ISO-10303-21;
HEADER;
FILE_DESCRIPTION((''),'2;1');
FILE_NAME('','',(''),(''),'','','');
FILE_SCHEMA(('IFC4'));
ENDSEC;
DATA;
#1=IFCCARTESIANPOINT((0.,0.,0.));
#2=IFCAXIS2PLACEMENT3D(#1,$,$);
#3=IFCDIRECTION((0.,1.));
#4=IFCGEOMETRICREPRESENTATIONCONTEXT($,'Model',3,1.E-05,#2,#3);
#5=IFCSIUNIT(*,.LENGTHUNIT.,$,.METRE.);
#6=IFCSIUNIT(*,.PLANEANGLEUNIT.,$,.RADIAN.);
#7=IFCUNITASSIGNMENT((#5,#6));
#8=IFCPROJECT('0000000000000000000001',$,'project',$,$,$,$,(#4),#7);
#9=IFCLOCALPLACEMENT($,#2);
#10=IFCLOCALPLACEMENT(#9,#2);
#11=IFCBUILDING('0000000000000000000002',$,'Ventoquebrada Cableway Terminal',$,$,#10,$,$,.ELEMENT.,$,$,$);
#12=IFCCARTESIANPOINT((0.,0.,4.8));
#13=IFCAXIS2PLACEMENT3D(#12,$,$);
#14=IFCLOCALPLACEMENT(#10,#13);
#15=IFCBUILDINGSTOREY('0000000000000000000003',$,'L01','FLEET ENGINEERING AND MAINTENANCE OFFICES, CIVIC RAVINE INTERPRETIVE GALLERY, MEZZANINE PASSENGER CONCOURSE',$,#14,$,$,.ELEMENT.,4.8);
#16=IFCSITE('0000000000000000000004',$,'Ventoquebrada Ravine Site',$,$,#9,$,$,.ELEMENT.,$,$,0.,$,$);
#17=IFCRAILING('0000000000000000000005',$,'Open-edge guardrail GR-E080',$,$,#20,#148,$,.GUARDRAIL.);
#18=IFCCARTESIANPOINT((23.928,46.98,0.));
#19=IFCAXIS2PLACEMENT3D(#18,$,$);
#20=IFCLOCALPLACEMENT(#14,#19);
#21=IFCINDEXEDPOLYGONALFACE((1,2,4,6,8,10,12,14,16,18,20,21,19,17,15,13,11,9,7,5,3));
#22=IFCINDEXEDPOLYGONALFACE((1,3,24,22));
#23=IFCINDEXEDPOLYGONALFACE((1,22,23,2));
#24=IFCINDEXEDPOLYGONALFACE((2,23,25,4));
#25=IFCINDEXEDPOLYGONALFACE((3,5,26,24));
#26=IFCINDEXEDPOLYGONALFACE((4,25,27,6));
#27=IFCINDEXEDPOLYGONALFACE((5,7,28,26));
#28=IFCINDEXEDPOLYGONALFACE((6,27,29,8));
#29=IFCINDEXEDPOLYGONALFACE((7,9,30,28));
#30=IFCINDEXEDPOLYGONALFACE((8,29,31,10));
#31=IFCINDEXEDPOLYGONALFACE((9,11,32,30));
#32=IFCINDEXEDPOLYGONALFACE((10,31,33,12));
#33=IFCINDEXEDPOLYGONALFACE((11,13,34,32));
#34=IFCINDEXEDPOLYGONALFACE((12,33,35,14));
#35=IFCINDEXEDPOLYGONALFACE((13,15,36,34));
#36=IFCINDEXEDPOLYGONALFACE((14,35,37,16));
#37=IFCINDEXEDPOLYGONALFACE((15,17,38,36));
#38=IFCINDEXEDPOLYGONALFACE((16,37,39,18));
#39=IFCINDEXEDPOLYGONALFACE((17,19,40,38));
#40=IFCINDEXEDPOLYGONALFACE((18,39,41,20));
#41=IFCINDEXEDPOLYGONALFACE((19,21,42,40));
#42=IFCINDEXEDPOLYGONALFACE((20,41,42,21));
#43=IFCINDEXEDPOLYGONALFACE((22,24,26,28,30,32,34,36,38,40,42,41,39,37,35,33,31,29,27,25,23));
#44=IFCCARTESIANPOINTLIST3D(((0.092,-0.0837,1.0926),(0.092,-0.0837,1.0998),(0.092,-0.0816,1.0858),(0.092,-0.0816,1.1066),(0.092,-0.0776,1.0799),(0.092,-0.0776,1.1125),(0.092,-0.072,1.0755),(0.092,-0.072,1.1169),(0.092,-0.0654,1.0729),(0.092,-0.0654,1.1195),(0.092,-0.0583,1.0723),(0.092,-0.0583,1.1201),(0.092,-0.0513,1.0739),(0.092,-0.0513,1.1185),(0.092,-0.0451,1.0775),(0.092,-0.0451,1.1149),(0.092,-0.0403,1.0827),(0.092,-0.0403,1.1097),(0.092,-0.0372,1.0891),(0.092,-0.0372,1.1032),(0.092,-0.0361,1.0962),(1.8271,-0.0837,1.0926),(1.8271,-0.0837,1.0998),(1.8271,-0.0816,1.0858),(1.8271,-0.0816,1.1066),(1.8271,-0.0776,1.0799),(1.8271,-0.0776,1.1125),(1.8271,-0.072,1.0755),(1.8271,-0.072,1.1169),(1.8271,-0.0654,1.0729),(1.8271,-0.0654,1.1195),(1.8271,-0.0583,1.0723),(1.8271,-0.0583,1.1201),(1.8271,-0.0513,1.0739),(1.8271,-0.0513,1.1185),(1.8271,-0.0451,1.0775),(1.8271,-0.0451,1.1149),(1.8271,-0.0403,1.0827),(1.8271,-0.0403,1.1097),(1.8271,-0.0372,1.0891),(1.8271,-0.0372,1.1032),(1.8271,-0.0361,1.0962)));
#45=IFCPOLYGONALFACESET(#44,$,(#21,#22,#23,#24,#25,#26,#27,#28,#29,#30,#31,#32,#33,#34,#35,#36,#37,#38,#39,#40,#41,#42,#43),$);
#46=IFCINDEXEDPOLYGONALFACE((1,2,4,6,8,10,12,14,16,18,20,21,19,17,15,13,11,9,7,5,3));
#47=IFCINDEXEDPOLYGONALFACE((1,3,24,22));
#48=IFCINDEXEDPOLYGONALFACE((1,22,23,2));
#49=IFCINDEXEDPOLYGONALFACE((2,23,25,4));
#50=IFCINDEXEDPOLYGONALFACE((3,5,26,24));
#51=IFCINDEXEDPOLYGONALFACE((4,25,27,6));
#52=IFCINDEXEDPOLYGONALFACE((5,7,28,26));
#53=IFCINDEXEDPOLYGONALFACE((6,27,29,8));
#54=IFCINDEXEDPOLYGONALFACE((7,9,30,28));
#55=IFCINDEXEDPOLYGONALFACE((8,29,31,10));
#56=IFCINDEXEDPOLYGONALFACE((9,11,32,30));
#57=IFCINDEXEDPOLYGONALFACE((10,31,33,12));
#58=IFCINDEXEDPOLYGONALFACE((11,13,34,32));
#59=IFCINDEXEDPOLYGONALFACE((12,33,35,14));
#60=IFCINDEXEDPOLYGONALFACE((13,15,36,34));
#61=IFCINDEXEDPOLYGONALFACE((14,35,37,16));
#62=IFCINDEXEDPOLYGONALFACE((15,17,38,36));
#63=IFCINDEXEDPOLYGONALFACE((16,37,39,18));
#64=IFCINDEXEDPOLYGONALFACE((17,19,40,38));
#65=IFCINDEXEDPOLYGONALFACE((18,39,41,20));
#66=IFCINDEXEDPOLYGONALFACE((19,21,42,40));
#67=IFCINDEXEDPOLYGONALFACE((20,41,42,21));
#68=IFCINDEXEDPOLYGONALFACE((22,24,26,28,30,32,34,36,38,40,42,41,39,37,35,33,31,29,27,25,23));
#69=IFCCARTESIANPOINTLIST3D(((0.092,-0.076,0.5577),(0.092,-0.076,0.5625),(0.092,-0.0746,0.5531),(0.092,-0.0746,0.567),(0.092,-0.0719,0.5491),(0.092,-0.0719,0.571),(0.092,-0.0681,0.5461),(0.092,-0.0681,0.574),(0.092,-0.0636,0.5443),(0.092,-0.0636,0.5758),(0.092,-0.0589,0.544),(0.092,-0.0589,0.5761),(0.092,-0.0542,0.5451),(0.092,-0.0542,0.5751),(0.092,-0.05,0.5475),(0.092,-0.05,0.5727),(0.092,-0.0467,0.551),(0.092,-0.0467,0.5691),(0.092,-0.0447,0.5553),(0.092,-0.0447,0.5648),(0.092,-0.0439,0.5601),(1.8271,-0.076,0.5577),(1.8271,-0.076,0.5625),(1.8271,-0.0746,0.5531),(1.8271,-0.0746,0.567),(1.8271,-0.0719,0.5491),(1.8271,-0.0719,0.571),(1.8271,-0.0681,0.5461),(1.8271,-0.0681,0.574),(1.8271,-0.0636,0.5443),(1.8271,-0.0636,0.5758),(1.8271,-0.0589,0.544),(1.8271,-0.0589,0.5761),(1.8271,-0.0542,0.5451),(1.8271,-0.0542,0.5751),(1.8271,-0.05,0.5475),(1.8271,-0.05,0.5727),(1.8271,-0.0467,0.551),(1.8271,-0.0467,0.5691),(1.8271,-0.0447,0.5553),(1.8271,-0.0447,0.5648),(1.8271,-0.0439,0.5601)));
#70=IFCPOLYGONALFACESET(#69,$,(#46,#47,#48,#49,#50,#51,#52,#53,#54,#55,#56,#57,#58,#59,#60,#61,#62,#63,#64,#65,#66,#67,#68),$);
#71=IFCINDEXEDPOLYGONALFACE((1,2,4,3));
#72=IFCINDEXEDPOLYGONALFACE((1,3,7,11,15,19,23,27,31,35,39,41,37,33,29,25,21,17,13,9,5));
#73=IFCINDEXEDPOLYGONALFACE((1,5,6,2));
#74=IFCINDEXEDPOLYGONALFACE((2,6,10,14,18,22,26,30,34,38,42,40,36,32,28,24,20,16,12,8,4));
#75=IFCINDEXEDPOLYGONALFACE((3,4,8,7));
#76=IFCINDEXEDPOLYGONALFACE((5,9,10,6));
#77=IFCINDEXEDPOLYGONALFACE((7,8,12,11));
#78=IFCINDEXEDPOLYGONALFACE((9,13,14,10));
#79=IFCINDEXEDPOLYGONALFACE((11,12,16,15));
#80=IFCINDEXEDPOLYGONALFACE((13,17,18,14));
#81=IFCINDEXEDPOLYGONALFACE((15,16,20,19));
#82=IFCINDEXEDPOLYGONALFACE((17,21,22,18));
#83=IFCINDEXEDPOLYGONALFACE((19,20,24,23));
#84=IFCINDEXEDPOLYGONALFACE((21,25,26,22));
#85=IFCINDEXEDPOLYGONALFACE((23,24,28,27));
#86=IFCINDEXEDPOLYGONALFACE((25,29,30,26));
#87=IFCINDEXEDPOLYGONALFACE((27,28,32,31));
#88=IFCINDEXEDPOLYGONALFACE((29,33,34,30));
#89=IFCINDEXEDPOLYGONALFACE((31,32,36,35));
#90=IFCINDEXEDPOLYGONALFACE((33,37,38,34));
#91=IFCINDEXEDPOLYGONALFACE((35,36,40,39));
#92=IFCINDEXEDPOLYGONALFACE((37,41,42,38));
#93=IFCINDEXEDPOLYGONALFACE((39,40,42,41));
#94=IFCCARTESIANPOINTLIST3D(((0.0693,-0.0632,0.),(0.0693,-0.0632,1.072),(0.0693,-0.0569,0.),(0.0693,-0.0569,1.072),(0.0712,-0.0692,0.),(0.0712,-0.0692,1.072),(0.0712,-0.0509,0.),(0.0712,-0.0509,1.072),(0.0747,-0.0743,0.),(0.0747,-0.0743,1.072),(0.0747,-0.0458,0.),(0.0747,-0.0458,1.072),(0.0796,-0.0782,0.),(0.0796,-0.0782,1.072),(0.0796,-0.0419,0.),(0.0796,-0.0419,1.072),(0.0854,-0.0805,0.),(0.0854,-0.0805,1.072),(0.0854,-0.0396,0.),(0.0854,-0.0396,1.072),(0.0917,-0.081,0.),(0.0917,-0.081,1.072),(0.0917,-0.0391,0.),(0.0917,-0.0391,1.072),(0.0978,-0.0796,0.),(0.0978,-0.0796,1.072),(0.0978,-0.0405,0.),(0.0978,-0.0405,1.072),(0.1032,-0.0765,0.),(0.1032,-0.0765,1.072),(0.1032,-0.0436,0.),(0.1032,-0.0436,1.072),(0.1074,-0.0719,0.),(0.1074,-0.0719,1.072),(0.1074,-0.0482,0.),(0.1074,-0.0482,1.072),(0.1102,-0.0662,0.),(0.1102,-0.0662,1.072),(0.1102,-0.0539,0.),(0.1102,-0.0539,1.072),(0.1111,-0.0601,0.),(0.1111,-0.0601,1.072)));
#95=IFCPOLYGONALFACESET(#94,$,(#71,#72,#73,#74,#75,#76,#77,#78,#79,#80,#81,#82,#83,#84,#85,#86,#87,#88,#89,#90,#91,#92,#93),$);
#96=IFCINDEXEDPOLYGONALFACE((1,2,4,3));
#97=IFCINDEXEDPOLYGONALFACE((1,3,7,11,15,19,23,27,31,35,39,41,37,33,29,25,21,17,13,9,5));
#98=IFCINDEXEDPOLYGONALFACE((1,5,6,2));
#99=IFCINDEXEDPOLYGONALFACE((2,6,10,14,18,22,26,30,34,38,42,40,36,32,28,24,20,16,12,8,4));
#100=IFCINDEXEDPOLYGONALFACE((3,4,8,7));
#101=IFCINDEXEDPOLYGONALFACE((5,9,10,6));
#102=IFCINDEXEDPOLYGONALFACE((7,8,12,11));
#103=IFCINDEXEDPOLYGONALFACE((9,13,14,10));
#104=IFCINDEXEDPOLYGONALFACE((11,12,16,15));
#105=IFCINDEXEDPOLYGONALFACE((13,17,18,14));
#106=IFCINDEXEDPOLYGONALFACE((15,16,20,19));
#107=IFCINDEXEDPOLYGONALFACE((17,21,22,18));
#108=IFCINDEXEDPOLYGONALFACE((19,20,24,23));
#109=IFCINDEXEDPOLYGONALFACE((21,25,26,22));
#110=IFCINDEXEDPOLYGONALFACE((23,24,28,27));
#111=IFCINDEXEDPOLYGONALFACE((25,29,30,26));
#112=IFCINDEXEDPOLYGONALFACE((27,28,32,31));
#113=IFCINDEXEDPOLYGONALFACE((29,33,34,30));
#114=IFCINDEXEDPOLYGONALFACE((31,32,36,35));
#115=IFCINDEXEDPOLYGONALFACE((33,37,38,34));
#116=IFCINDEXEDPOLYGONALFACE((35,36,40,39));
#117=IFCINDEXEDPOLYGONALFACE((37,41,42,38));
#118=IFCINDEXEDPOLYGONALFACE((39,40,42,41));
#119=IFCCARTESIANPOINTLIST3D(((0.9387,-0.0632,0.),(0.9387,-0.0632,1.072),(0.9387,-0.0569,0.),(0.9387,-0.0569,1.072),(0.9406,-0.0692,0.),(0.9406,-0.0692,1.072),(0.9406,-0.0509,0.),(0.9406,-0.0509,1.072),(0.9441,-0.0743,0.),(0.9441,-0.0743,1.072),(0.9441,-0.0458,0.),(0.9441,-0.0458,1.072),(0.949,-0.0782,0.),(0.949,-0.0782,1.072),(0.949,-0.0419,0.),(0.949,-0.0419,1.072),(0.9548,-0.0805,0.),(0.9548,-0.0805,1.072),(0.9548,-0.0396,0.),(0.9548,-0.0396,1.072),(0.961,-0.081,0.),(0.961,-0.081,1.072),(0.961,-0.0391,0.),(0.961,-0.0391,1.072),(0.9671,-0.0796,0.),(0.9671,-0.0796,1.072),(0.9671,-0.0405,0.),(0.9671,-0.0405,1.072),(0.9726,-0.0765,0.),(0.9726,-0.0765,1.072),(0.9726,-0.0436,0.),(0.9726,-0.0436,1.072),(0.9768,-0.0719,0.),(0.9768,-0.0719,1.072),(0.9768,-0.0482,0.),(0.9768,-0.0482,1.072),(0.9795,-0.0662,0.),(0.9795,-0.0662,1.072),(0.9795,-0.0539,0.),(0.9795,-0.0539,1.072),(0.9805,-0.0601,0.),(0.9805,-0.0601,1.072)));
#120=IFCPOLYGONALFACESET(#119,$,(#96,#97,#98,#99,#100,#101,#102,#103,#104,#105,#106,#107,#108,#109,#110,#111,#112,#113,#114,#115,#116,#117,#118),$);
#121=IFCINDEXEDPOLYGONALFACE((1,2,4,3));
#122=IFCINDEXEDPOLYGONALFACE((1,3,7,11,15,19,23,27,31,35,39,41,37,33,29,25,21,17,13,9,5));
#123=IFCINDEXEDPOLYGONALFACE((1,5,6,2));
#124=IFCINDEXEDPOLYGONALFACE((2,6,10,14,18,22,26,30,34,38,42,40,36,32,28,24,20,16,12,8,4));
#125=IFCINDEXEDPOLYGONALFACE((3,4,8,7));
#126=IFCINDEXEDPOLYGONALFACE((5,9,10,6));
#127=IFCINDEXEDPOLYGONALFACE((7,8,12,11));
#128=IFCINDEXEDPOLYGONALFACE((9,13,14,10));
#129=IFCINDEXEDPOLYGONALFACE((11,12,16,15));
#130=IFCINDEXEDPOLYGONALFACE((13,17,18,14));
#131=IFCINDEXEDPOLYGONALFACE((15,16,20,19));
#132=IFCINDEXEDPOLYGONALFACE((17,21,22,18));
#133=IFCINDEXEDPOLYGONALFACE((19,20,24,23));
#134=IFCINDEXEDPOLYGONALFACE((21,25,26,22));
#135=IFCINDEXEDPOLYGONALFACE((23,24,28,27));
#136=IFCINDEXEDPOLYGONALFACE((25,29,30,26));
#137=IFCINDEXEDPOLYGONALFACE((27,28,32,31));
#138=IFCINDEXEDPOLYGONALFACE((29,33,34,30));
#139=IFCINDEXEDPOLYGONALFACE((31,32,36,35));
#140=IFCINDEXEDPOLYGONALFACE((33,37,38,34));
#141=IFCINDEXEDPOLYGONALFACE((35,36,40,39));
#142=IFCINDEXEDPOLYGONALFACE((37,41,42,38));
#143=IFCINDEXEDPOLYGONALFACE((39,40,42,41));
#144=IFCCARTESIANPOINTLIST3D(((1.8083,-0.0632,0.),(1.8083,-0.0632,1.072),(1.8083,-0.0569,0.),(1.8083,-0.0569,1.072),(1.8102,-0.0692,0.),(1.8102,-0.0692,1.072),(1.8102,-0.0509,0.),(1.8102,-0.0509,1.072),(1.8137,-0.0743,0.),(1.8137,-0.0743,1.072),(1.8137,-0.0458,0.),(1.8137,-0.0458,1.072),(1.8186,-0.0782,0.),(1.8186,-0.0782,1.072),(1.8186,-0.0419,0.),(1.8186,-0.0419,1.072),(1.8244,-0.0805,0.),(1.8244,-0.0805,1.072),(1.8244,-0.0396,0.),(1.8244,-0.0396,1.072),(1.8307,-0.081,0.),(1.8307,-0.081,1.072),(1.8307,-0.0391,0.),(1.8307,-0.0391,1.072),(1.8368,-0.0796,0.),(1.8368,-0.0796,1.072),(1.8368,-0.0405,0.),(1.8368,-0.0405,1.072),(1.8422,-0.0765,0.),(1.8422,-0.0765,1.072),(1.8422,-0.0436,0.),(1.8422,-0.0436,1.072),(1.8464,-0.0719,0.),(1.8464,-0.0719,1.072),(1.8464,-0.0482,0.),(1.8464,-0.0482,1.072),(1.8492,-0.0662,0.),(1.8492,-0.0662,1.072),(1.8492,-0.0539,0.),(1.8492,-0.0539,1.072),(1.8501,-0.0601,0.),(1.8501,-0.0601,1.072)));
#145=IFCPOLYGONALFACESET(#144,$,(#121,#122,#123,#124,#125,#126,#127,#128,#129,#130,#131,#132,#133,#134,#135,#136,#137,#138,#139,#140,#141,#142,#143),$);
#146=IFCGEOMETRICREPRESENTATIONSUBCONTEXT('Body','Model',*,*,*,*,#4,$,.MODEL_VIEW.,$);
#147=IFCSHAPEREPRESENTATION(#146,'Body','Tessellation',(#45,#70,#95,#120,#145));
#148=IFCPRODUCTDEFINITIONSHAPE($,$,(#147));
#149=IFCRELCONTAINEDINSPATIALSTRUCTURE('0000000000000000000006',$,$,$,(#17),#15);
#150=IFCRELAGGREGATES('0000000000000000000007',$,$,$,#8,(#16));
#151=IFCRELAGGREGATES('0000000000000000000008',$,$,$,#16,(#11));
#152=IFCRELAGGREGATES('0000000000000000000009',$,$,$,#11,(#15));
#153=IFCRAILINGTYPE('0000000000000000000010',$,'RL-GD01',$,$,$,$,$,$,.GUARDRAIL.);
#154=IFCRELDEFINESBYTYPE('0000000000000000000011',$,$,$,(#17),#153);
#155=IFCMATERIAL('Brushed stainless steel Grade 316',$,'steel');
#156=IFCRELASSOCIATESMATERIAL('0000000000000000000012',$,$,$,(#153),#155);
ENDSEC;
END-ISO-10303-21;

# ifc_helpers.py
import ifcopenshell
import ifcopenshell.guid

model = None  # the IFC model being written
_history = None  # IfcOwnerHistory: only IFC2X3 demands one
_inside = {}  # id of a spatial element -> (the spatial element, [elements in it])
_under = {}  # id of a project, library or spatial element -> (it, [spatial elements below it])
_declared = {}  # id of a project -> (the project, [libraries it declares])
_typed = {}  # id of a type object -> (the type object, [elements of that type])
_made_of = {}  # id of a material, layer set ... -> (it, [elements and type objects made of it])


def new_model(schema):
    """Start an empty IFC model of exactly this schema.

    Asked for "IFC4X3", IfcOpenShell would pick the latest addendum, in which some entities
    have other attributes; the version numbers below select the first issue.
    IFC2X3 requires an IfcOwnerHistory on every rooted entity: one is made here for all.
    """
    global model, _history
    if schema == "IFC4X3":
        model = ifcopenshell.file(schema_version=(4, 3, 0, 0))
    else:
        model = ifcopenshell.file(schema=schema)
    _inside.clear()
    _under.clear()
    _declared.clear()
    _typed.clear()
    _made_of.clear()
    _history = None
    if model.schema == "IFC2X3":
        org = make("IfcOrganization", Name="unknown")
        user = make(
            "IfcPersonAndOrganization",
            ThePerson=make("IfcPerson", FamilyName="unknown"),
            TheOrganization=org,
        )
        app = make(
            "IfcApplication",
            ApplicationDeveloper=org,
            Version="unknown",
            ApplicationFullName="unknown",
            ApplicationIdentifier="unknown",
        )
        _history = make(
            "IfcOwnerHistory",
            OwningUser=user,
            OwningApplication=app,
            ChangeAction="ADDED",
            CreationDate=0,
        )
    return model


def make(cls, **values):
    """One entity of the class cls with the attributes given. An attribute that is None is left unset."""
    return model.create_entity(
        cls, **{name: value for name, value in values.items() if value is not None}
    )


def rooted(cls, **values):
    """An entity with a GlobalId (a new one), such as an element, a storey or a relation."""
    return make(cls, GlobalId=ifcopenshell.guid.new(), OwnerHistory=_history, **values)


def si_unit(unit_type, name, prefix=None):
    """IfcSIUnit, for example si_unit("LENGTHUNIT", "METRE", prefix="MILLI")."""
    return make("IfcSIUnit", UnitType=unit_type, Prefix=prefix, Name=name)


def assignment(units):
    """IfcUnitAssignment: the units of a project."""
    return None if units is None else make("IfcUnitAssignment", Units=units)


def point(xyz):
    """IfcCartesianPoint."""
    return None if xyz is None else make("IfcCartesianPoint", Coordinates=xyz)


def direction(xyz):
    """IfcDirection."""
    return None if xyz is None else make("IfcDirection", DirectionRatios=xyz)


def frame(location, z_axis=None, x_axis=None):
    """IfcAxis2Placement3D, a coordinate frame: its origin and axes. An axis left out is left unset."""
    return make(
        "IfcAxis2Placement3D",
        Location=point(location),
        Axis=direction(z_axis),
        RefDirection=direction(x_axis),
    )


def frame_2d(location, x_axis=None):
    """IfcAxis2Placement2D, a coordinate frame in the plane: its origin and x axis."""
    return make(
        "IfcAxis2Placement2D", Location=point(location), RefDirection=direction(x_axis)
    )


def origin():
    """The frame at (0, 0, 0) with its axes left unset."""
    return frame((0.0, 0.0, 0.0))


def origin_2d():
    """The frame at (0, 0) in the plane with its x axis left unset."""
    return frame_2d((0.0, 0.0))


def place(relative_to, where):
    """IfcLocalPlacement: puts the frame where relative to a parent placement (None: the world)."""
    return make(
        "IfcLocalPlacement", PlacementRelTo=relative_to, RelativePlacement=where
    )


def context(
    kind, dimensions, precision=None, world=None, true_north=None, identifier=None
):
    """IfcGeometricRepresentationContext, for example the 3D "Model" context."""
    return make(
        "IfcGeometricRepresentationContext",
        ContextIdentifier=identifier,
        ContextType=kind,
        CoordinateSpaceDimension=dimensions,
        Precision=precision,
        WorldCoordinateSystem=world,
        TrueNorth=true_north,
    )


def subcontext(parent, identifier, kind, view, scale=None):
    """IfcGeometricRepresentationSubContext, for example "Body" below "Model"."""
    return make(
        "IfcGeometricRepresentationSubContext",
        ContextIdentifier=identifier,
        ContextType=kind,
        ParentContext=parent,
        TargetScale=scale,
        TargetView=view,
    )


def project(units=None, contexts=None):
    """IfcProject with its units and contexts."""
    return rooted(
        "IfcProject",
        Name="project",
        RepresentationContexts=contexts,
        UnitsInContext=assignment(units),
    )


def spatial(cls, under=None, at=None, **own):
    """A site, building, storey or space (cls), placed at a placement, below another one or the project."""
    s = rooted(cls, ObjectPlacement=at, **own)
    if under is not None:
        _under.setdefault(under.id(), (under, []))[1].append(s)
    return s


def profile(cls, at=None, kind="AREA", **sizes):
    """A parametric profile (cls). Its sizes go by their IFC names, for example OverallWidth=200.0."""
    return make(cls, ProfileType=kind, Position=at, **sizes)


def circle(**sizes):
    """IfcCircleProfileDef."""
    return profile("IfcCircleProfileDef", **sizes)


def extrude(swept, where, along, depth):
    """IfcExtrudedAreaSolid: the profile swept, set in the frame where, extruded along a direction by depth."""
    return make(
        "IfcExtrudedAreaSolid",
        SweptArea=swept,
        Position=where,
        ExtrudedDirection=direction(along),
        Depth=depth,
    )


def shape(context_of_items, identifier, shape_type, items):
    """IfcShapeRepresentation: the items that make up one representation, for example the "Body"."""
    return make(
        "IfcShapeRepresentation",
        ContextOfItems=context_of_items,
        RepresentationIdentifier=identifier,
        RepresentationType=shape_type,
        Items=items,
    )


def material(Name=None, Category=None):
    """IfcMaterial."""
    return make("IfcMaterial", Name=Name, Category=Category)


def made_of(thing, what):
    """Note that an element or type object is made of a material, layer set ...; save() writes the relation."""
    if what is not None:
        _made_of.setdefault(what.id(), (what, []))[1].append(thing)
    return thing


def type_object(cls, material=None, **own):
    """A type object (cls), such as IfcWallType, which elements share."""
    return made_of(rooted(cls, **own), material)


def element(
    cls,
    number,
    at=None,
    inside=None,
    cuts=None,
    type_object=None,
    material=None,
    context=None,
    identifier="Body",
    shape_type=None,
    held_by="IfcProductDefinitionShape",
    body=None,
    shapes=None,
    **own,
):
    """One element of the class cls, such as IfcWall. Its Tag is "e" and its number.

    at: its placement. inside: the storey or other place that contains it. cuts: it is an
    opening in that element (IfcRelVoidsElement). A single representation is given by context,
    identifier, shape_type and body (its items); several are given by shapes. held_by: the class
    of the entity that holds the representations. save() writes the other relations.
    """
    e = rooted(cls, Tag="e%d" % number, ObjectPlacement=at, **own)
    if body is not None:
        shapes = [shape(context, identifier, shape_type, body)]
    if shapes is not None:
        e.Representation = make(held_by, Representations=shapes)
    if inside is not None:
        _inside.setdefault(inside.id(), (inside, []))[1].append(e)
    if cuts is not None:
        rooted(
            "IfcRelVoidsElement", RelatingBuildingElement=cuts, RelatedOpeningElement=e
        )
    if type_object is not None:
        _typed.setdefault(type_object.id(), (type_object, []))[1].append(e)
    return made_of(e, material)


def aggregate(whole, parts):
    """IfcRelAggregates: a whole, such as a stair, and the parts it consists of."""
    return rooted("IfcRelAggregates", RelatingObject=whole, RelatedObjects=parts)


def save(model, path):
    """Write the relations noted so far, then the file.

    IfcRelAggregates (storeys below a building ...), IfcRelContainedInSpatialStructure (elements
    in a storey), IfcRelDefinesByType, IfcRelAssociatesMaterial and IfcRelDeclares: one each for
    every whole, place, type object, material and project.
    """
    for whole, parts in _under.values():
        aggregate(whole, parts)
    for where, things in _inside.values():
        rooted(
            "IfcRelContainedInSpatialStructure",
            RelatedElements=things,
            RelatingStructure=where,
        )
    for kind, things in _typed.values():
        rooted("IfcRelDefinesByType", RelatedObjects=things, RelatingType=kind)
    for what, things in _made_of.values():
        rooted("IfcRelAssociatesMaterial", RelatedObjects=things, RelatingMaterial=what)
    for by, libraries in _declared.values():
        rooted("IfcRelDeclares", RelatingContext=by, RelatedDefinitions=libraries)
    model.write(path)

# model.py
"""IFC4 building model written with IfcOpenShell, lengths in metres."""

from ifc_helpers import new_model, si_unit, direction, frame, origin, origin_2d, place, context, subcontext, project, spatial, circle, extrude, material, type_object, element, save


model = new_model("IFC4")

# Units and contexts
model_context = context("Model", 3, precision=1e-05, world=origin(), true_north=direction((0.0, 1.0)))
body_context = subcontext(model_context, "Body", "Model", "MODEL_VIEW")
ifc_project = project(units=[si_unit("LENGTHUNIT", "METRE"), si_unit("PLANEANGLEUNIT", "RADIAN")], contexts=[model_context])

# Site, building, storey
site_placement = place(None, origin())
site = spatial("IfcSite", under=ifc_project, at=site_placement, Name="Ventoquebrada Ravine Site", CompositionType="ELEMENT", RefElevation=0.0)
building_placement = place(site_placement, origin())
building = spatial("IfcBuilding", under=site, at=building_placement, Name="Ventoquebrada Cableway Terminal", CompositionType="ELEMENT")
storey_placement = place(building_placement, frame((0.0, 0.0, 4.8)))
storey = spatial("IfcBuildingStorey", under=building, at=storey_placement, Name="L01", Description="FLEET ENGINEERING AND MAINTENANCE OFFICES, CIVIC RAVINE INTERPRETIVE GALLERY, MEZZANINE PASSENGER CONCOURSE", CompositionType="ELEMENT", Elevation=4.8)

# Railing
ifc_material_1 = material(Name="Brushed stainless steel Grade 316", Category="steel")
railing_type_1 = type_object("IfcRailingType", Name="RL-GD01", PredefinedType="GUARDRAIL", material=ifc_material_1)
railing_1_placement = place(storey_placement, frame((23.928, 46.98, 0.0)))
element("IfcRailing", 1, at=railing_1_placement, inside=storey, type_object=railing_type_1, Name="Open-edge guardrail GR-E080", PredefinedType="GUARDRAIL", context=body_context, shape_type="SweptSolid", body=[
    extrude(circle(Radius=0.0239, at=origin_2d()), frame((0.092, -0.0601, 1.0962), z_axis=(1.0, 0.0, 0.0), x_axis=(0.0, 1.0, 0.0)), (0.0, 0.0, 1.0), 1.7351),
    extrude(circle(Radius=0.0161, at=origin_2d()), frame((0.092, -0.0601, 0.5601), z_axis=(1.0, 0.0, 0.0), x_axis=(0.0, 1.0, 0.0)), (0.0, 0.0, 1.0), 1.7351),
    extrude(circle(Radius=0.021, at=origin_2d()), frame((0.0901, -0.0601, 0.0)), (0.0, 0.0, 1.0), 1.072),
    extrude(circle(Radius=0.021, at=origin_2d()), frame((0.9595, -0.0601, 0.0)), (0.0, 0.0, 1.0), 1.072),
    extrude(circle(Radius=0.021, at=origin_2d()), frame((1.8291, -0.0601, 0.0)), (0.0, 0.0, 1.0), 1.072),
])

save(model, "model.ifc")
